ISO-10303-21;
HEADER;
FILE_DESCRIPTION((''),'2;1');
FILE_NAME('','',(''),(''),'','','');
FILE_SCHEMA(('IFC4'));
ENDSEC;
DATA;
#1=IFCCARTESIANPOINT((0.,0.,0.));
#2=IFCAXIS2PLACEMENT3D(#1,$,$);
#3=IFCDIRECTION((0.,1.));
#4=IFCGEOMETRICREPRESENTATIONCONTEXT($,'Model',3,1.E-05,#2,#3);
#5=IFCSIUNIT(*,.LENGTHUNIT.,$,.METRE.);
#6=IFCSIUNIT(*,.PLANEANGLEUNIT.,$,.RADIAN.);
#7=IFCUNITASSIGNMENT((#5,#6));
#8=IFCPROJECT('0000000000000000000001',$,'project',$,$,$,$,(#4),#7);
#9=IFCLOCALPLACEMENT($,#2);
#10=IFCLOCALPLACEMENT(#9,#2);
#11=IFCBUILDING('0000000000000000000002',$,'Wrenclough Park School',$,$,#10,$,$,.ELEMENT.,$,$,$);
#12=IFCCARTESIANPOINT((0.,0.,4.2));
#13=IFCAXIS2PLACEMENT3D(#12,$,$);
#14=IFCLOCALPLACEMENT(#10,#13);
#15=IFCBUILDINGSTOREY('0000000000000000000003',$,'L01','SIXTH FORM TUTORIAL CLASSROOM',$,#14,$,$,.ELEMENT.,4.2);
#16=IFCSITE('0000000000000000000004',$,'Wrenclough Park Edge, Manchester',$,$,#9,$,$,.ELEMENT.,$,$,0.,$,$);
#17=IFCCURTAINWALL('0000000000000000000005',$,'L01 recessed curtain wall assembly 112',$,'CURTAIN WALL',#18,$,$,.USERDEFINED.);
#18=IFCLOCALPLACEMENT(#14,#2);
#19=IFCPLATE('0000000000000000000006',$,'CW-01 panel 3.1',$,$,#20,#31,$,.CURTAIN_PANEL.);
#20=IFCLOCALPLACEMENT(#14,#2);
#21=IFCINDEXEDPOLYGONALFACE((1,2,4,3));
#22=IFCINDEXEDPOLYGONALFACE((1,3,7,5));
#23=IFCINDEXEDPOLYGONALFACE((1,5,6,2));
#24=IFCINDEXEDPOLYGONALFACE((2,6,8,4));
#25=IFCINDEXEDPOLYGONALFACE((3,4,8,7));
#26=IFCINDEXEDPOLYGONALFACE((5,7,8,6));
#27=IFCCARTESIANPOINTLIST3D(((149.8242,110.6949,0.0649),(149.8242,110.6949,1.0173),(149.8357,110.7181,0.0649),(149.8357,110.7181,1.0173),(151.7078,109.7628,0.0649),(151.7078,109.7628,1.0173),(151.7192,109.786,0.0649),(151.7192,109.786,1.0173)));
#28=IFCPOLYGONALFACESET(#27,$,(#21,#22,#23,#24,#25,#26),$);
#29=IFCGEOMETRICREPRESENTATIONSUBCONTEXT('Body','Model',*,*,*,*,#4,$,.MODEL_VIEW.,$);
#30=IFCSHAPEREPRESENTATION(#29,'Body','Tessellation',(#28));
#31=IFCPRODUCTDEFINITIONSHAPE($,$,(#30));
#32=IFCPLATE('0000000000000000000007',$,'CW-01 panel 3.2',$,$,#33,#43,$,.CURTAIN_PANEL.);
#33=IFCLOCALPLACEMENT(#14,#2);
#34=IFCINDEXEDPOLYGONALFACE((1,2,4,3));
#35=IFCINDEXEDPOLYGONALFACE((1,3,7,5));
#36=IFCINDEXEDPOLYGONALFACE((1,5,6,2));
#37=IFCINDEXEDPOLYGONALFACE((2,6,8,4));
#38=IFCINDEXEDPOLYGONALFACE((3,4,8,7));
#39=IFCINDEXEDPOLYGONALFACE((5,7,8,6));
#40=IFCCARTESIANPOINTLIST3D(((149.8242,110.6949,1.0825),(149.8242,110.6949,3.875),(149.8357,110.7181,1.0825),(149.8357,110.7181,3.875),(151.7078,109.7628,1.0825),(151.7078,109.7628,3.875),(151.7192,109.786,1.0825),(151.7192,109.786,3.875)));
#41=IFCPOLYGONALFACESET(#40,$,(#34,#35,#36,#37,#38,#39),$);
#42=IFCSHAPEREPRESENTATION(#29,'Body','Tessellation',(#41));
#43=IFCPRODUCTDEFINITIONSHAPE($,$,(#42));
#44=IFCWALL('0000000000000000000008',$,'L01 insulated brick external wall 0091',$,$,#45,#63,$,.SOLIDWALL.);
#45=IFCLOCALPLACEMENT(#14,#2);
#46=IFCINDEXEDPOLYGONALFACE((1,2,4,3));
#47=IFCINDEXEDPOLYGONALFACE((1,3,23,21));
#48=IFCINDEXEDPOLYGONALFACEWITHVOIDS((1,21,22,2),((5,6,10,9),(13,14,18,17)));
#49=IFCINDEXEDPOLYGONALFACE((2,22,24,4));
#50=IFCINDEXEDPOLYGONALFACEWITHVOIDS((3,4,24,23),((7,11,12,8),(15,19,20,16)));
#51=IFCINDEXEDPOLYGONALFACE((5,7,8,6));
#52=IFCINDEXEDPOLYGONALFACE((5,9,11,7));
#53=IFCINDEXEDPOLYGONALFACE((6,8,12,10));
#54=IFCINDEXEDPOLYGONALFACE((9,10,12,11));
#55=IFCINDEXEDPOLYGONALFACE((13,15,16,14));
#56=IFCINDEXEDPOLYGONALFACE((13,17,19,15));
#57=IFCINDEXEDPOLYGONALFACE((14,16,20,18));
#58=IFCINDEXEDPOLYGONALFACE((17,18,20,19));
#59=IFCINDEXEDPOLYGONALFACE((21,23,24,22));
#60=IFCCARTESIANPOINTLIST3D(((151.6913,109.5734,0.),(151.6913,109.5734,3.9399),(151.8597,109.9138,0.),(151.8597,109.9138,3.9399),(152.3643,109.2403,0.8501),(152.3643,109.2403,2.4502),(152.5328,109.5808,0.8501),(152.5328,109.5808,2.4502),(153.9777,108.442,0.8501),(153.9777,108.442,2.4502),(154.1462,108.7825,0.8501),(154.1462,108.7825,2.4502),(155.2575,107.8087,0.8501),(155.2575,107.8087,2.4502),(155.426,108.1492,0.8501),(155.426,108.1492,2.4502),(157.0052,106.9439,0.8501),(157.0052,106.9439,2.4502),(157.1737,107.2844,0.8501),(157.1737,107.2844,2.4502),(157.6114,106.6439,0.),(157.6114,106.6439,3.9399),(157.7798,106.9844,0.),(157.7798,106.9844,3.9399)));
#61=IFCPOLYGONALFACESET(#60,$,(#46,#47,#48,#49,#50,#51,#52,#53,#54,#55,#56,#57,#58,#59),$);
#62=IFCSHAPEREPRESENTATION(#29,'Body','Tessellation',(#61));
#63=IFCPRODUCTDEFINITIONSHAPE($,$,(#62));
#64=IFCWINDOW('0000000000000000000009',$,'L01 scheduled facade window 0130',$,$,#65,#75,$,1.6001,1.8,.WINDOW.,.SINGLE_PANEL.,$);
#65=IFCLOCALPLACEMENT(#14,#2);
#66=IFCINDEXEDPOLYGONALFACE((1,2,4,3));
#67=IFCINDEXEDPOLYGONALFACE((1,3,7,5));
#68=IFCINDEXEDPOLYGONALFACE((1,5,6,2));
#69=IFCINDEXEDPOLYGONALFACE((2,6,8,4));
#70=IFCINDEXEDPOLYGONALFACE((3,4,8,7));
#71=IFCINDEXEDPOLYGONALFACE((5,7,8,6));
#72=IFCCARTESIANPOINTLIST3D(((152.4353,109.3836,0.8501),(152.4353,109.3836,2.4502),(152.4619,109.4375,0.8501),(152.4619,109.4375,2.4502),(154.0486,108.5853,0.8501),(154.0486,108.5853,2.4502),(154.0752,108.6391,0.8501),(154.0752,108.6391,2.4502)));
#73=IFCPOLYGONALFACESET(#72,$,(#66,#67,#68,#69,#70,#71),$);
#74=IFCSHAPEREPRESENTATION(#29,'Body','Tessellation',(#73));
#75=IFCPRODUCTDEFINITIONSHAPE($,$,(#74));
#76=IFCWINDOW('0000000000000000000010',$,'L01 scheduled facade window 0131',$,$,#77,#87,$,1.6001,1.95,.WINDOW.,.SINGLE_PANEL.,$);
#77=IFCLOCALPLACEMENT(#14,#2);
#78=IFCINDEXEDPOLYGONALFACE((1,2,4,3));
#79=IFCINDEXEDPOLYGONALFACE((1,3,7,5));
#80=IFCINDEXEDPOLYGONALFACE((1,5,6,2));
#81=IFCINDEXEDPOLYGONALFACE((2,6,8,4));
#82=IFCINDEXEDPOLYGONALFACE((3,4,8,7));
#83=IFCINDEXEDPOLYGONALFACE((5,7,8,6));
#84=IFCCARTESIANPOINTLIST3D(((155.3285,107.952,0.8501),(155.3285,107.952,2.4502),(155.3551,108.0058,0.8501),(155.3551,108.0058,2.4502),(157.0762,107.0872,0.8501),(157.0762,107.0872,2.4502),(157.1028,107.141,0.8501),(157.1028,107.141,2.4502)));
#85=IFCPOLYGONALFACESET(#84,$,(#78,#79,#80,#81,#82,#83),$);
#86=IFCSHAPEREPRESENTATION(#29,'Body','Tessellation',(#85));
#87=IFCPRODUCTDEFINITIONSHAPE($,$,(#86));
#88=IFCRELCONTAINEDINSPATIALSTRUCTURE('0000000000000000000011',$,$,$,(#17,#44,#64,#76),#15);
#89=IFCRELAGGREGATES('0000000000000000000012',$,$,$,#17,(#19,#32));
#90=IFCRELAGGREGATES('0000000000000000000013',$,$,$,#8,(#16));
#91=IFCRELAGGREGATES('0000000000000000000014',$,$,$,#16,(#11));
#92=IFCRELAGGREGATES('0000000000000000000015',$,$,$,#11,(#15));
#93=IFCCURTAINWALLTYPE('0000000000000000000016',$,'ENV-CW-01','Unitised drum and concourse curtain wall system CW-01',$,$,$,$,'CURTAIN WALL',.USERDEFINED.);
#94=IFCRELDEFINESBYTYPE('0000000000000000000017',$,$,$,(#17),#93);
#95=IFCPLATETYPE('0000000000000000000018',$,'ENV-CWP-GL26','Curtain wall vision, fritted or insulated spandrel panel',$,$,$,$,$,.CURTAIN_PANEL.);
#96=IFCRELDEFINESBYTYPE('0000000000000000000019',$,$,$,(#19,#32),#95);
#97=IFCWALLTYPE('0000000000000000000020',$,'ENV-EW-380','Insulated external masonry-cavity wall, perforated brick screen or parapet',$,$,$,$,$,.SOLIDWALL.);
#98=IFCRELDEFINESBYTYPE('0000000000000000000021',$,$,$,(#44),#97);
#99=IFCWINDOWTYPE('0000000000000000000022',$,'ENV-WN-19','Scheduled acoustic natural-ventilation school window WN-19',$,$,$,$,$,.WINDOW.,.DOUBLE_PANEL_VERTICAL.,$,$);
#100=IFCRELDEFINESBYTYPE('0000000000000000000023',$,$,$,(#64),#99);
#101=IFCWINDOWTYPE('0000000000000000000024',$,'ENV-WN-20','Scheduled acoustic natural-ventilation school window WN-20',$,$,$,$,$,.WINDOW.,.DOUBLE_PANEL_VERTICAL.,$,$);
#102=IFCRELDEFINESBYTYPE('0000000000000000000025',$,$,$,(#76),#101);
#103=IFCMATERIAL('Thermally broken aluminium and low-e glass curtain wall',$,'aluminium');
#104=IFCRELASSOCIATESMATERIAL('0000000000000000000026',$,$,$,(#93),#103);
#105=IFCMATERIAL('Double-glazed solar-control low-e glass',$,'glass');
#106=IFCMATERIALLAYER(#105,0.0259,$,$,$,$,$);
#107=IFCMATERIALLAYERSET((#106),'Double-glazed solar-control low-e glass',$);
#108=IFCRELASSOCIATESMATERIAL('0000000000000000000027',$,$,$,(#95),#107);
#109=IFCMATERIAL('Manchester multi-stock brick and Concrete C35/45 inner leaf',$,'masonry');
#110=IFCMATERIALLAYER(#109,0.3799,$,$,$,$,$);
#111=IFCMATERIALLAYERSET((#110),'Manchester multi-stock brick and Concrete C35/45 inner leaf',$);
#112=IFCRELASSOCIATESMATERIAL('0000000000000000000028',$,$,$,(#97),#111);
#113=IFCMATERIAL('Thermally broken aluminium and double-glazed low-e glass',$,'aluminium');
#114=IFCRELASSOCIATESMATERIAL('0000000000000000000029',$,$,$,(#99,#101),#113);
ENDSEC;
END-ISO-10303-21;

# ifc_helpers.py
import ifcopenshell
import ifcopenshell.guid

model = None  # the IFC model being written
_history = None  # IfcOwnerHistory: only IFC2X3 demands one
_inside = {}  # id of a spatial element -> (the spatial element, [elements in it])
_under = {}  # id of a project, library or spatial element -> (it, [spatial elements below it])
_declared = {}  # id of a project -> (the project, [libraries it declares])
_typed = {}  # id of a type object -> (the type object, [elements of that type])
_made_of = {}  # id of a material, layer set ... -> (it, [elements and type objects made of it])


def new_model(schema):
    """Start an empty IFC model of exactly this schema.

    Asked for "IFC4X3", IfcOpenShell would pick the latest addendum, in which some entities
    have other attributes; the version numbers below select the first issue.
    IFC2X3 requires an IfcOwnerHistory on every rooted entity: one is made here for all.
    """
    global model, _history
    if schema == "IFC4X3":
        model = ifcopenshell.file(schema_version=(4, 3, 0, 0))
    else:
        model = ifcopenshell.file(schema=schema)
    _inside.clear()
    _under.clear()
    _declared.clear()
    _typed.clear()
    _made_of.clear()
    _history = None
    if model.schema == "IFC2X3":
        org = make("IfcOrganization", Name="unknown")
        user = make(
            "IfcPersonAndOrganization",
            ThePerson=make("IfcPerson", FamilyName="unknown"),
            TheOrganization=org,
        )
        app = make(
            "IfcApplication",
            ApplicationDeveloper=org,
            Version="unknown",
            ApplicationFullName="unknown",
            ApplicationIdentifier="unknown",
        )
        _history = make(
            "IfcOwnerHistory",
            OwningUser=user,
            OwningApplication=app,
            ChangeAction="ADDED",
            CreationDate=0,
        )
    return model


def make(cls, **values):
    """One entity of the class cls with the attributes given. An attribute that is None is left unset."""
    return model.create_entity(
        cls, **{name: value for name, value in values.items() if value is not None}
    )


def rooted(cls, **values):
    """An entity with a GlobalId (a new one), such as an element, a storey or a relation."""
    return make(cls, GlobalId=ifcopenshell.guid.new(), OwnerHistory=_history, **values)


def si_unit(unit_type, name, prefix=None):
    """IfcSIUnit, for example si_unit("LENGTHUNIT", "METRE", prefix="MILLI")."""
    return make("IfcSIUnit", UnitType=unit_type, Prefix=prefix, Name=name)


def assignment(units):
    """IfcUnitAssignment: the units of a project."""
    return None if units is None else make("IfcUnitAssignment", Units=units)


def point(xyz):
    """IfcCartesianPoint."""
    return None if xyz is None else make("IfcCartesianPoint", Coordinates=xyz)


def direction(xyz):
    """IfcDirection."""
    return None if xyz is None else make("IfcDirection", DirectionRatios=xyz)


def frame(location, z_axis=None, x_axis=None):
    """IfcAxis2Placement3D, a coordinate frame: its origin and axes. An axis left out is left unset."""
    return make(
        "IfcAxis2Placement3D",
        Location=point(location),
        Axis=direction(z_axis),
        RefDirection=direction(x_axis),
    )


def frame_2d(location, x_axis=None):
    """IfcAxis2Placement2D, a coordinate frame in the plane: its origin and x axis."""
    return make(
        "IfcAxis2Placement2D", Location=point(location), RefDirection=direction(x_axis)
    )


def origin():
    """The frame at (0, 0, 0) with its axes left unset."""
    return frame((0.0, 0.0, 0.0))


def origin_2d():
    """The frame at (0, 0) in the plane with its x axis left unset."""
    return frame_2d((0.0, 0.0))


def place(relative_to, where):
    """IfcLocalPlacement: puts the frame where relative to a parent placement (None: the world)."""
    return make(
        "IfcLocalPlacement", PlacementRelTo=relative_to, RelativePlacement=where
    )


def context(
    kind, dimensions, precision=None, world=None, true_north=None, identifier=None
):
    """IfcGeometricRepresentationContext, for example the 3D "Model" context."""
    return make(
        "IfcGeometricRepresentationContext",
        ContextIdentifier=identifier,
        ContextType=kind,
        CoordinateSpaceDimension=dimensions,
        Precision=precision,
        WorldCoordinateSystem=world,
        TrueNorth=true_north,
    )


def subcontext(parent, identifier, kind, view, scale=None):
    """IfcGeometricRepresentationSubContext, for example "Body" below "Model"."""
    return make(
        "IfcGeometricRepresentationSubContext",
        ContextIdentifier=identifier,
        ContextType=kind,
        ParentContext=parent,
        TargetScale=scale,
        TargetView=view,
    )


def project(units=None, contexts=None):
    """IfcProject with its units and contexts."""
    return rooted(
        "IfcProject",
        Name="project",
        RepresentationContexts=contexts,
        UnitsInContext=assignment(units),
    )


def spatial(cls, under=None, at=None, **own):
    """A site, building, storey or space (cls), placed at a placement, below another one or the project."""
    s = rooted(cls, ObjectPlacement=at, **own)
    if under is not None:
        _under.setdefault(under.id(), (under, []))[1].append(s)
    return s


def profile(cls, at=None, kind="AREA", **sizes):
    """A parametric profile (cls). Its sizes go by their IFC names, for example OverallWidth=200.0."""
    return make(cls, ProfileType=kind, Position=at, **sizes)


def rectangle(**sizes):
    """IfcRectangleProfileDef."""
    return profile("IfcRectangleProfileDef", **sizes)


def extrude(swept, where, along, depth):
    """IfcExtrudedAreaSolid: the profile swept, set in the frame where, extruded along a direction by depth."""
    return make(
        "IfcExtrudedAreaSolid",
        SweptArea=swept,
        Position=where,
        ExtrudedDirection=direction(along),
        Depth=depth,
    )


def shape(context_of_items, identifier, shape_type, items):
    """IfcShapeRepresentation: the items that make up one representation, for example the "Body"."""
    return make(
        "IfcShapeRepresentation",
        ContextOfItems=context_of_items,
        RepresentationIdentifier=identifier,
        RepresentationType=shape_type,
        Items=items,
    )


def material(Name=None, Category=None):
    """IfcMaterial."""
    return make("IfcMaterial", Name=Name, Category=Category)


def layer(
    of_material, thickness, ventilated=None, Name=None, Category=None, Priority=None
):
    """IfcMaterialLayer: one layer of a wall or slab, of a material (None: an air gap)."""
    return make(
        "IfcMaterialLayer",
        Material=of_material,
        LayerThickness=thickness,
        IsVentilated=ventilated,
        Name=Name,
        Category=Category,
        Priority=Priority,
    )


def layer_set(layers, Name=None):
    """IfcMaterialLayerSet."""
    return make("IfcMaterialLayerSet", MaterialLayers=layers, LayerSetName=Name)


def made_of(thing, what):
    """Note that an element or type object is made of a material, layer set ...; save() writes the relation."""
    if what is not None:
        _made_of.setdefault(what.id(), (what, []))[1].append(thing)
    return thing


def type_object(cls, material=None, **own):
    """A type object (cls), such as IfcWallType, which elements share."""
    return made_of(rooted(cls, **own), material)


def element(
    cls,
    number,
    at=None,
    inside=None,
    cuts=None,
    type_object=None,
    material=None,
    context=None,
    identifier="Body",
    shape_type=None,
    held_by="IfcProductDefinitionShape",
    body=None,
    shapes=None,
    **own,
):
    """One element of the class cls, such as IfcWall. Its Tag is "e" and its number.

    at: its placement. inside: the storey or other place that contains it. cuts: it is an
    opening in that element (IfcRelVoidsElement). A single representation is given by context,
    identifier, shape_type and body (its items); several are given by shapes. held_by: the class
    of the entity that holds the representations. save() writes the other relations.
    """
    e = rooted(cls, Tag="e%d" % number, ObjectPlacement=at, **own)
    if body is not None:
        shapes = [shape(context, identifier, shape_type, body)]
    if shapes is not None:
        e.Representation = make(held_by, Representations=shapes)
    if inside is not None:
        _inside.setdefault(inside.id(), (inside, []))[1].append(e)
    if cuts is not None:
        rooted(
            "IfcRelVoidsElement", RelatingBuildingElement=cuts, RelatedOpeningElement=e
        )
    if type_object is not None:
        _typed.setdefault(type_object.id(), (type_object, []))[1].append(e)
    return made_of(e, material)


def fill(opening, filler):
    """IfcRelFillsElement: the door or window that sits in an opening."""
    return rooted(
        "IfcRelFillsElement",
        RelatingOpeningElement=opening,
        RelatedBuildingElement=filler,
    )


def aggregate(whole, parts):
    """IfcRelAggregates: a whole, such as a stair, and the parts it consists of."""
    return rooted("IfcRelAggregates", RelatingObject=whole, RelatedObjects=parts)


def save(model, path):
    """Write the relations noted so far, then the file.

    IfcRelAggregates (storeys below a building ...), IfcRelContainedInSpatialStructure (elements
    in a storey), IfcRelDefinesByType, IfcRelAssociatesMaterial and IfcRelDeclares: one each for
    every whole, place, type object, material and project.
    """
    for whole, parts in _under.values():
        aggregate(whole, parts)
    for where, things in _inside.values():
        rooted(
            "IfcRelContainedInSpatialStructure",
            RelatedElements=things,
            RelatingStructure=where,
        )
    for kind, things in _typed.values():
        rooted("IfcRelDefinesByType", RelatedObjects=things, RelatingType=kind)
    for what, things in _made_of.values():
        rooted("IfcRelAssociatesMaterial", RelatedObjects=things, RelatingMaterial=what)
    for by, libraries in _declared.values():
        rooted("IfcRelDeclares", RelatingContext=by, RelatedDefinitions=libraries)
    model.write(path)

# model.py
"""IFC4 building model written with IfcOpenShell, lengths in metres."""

from ifc_helpers import new_model, si_unit, direction, frame, frame_2d, origin, origin_2d, place, context, subcontext, project, spatial, rectangle, extrude, material, layer, layer_set, type_object, element, fill, aggregate, save


model = new_model("IFC4")

# Units and contexts
model_context = context("Model", 3, precision=1e-05, world=origin(), true_north=direction((0.0, 1.0)))
body_context = subcontext(model_context, "Body", "Model", "MODEL_VIEW")
ifc_project = project(units=[si_unit("LENGTHUNIT", "METRE"), si_unit("PLANEANGLEUNIT", "RADIAN")], contexts=[model_context])

# Site, building, storey
site_placement = place(None, origin())
site = spatial("IfcSite", under=ifc_project, at=site_placement, Name="Wrenclough Park Edge, Manchester", CompositionType="ELEMENT", RefElevation=0.0)
building_placement = place(site_placement, origin())
building = spatial("IfcBuilding", under=site, at=building_placement, Name="Wrenclough Park School", CompositionType="ELEMENT")
storey_placement = place(building_placement, frame((0.0, 0.0, 4.2)))
storey = spatial("IfcBuildingStorey", under=building, at=storey_placement, Name="L01", Description="SIXTH FORM TUTORIAL CLASSROOM", CompositionType="ELEMENT", Elevation=4.2)

# Curtain wall
ifc_material_1 = material(Name="Thermally broken aluminium and low-e glass curtain wall", Category="aluminium")
curtain_wall_type_1 = type_object("IfcCurtainWallType", Name="ENV-CW-01", Description="Unitised drum and concourse curtain wall system CW-01", ElementType="CURTAIN WALL", PredefinedType="USERDEFINED", material=ifc_material_1)
curtain_wall_1_placement = place(storey_placement, origin())
curtain_wall_1 = element("IfcCurtainWall", 1, at=curtain_wall_1_placement, inside=storey, type_object=curtain_wall_type_1, Name="L01 recessed curtain wall assembly 112", ObjectType="CURTAIN WALL", PredefinedType="USERDEFINED")

# Plates
ifc_material_2 = material(Name="Double-glazed solar-control low-e glass", Category="glass")
ifc_layer_1 = layer(ifc_material_2, 0.0259)
ifc_layer_set_1 = layer_set([ifc_layer_1], Name="Double-glazed solar-control low-e glass")
plate_type = type_object("IfcPlateType", Name="ENV-CWP-GL26", Description="Curtain wall vision, fritted or insulated spandrel panel", PredefinedType="CURTAIN_PANEL", material=ifc_layer_set_1)
plate_1_placement = place(storey_placement, frame((150.7717, 110.2405, 0.0649), z_axis=(0.0, 0.0, 1.0), x_axis=(0.896269, -0.443511, 0.0)))
plate_1 = element("IfcPlate", 2, at=plate_1_placement, type_object=plate_type, Name="CW-01 panel 3.1", PredefinedType="CURTAIN_PANEL", context=body_context, shape_type="SweptSolid", body=[
    extrude(rectangle(XDim=2.1016, YDim=0.0259, at=origin_2d()), origin(), (0.0, 0.0, 1.0), 0.9524),
])
plate_2_placement = place(storey_placement, frame((150.7717, 110.2405, 1.0825), z_axis=(0.0, 0.0, 1.0), x_axis=(0.896269, -0.443511, 0.0)))
plate_2 = element("IfcPlate", 3, at=plate_2_placement, type_object=plate_type, Name="CW-01 panel 3.2", PredefinedType="CURTAIN_PANEL", context=body_context, shape_type="SweptSolid", body=[
    extrude(rectangle(XDim=2.1016, YDim=0.0259, at=origin_2d()), origin(), (0.0, 0.0, 1.0), 2.7925),
])
aggregate(curtain_wall_1, [plate_1, plate_2])

# Wall, openings, windows
ifc_material_3 = material(Name="Manchester multi-stock brick and Concrete C35/45 inner leaf", Category="masonry")
ifc_layer_2 = layer(ifc_material_3, 0.3799)
ifc_layer_set_2 = layer_set([ifc_layer_2], Name="Manchester multi-stock brick and Concrete C35/45 inner leaf")
wall_type = type_object("IfcWallType", Name="ENV-EW-380", Description="Insulated external masonry-cavity wall, perforated brick screen or parapet", PredefinedType="SOLIDWALL", material=ifc_layer_set_2)
wall_placement = place(storey_placement, frame((151.7754, 109.7437, 0.0), z_axis=(0.0, 0.0, 1.0), x_axis=(0.896275, -0.443499, 0.0)))
wall = element("IfcWall", 4, at=wall_placement, inside=storey, type_object=wall_type, Name="L01 insulated brick external wall 0091", PredefinedType="SOLIDWALL", context=body_context, shape_type="SweptSolid", body=[
    extrude(rectangle(XDim=6.6052, YDim=0.3799, at=frame_2d((3.3027, 0.0))), origin(), (0.0, 0.0, 1.0), 3.9399),
])
opening_1_placement = place(wall_placement, frame((0.7512, 0.0, 0.8501)))
opening_1 = element("IfcOpeningElement", 5, at=opening_1_placement, cuts=wall, PredefinedType="OPENING", context=body_context, shape_type="SweptSolid", body=[
    extrude(rectangle(XDim=1.8, YDim=1.6001, at=frame_2d((0.8999, 0.8))), frame((0.0, 0.2, 0.0), z_axis=(0.0, -1.0, 0.0), x_axis=(1.0, 0.0, 0.0)), (0.0, 0.0, 1.0), 0.3999),
])
opening_2_placement = place(wall_placement, frame((3.979, 0.0, 0.8501)))
opening_2 = element("IfcOpeningElement", 6, at=opening_2_placement, cuts=wall, PredefinedType="OPENING", context=body_context, shape_type="SweptSolid", body=[
    extrude(rectangle(XDim=1.95, YDim=1.6001, at=frame_2d((0.9751, 0.8))), frame((0.0, 0.2, 0.0), z_axis=(0.0, -1.0, 0.0), x_axis=(1.0, 0.0, 0.0)), (0.0, 0.0, 1.0), 0.3999),
])
ifc_material_4 = material(Name="Thermally broken aluminium and double-glazed low-e glass", Category="aluminium")
window_type_1 = type_object("IfcWindowType", Name="ENV-WN-19", Description="Scheduled acoustic natural-ventilation school window WN-19", PartitioningType="DOUBLE_PANEL_VERTICAL", PredefinedType="WINDOW", material=ifc_material_4)
window_1_placement = place(opening_1_placement, origin())
window_1 = element("IfcWindow", 7, at=window_1_placement, inside=storey, type_object=window_type_1, Name="L01 scheduled facade window 0130", OverallHeight=1.6001, OverallWidth=1.8, PartitioningType="SINGLE_PANEL", PredefinedType="WINDOW", context=body_context, shape_type="SweptSolid", body=[
    extrude(rectangle(XDim=1.8, YDim=1.6001, at=frame_2d((0.8999, 0.8))), frame((0.0, 0.03, 0.0), z_axis=(0.0, -1.0, 0.0), x_axis=(1.0, 0.0, 0.0)), (0.0, 0.0, 1.0), 0.0601),
])
fill(opening_1, window_1)
window_type_2 = type_object("IfcWindowType", Name="ENV-WN-20", Description="Scheduled acoustic natural-ventilation school window WN-20", PartitioningType="DOUBLE_PANEL_VERTICAL", PredefinedType="WINDOW", material=ifc_material_4)
window_2_placement = place(opening_2_placement, origin())
window_2 = element("IfcWindow", 8, at=window_2_placement, inside=storey, type_object=window_type_2, Name="L01 scheduled facade window 0131", OverallHeight=1.6001, OverallWidth=1.95, PartitioningType="SINGLE_PANEL", PredefinedType="WINDOW", context=body_context, shape_type="SweptSolid", body=[
    extrude(rectangle(XDim=1.95, YDim=1.6001, at=frame_2d((0.9751, 0.8))), frame((0.0, 0.03, 0.0), z_axis=(0.0, -1.0, 0.0), x_axis=(1.0, 0.0, 0.0)), (0.0, 0.0, 1.0), 0.0601),
])
fill(opening_2, window_2)

save(model, "model.ifc")
